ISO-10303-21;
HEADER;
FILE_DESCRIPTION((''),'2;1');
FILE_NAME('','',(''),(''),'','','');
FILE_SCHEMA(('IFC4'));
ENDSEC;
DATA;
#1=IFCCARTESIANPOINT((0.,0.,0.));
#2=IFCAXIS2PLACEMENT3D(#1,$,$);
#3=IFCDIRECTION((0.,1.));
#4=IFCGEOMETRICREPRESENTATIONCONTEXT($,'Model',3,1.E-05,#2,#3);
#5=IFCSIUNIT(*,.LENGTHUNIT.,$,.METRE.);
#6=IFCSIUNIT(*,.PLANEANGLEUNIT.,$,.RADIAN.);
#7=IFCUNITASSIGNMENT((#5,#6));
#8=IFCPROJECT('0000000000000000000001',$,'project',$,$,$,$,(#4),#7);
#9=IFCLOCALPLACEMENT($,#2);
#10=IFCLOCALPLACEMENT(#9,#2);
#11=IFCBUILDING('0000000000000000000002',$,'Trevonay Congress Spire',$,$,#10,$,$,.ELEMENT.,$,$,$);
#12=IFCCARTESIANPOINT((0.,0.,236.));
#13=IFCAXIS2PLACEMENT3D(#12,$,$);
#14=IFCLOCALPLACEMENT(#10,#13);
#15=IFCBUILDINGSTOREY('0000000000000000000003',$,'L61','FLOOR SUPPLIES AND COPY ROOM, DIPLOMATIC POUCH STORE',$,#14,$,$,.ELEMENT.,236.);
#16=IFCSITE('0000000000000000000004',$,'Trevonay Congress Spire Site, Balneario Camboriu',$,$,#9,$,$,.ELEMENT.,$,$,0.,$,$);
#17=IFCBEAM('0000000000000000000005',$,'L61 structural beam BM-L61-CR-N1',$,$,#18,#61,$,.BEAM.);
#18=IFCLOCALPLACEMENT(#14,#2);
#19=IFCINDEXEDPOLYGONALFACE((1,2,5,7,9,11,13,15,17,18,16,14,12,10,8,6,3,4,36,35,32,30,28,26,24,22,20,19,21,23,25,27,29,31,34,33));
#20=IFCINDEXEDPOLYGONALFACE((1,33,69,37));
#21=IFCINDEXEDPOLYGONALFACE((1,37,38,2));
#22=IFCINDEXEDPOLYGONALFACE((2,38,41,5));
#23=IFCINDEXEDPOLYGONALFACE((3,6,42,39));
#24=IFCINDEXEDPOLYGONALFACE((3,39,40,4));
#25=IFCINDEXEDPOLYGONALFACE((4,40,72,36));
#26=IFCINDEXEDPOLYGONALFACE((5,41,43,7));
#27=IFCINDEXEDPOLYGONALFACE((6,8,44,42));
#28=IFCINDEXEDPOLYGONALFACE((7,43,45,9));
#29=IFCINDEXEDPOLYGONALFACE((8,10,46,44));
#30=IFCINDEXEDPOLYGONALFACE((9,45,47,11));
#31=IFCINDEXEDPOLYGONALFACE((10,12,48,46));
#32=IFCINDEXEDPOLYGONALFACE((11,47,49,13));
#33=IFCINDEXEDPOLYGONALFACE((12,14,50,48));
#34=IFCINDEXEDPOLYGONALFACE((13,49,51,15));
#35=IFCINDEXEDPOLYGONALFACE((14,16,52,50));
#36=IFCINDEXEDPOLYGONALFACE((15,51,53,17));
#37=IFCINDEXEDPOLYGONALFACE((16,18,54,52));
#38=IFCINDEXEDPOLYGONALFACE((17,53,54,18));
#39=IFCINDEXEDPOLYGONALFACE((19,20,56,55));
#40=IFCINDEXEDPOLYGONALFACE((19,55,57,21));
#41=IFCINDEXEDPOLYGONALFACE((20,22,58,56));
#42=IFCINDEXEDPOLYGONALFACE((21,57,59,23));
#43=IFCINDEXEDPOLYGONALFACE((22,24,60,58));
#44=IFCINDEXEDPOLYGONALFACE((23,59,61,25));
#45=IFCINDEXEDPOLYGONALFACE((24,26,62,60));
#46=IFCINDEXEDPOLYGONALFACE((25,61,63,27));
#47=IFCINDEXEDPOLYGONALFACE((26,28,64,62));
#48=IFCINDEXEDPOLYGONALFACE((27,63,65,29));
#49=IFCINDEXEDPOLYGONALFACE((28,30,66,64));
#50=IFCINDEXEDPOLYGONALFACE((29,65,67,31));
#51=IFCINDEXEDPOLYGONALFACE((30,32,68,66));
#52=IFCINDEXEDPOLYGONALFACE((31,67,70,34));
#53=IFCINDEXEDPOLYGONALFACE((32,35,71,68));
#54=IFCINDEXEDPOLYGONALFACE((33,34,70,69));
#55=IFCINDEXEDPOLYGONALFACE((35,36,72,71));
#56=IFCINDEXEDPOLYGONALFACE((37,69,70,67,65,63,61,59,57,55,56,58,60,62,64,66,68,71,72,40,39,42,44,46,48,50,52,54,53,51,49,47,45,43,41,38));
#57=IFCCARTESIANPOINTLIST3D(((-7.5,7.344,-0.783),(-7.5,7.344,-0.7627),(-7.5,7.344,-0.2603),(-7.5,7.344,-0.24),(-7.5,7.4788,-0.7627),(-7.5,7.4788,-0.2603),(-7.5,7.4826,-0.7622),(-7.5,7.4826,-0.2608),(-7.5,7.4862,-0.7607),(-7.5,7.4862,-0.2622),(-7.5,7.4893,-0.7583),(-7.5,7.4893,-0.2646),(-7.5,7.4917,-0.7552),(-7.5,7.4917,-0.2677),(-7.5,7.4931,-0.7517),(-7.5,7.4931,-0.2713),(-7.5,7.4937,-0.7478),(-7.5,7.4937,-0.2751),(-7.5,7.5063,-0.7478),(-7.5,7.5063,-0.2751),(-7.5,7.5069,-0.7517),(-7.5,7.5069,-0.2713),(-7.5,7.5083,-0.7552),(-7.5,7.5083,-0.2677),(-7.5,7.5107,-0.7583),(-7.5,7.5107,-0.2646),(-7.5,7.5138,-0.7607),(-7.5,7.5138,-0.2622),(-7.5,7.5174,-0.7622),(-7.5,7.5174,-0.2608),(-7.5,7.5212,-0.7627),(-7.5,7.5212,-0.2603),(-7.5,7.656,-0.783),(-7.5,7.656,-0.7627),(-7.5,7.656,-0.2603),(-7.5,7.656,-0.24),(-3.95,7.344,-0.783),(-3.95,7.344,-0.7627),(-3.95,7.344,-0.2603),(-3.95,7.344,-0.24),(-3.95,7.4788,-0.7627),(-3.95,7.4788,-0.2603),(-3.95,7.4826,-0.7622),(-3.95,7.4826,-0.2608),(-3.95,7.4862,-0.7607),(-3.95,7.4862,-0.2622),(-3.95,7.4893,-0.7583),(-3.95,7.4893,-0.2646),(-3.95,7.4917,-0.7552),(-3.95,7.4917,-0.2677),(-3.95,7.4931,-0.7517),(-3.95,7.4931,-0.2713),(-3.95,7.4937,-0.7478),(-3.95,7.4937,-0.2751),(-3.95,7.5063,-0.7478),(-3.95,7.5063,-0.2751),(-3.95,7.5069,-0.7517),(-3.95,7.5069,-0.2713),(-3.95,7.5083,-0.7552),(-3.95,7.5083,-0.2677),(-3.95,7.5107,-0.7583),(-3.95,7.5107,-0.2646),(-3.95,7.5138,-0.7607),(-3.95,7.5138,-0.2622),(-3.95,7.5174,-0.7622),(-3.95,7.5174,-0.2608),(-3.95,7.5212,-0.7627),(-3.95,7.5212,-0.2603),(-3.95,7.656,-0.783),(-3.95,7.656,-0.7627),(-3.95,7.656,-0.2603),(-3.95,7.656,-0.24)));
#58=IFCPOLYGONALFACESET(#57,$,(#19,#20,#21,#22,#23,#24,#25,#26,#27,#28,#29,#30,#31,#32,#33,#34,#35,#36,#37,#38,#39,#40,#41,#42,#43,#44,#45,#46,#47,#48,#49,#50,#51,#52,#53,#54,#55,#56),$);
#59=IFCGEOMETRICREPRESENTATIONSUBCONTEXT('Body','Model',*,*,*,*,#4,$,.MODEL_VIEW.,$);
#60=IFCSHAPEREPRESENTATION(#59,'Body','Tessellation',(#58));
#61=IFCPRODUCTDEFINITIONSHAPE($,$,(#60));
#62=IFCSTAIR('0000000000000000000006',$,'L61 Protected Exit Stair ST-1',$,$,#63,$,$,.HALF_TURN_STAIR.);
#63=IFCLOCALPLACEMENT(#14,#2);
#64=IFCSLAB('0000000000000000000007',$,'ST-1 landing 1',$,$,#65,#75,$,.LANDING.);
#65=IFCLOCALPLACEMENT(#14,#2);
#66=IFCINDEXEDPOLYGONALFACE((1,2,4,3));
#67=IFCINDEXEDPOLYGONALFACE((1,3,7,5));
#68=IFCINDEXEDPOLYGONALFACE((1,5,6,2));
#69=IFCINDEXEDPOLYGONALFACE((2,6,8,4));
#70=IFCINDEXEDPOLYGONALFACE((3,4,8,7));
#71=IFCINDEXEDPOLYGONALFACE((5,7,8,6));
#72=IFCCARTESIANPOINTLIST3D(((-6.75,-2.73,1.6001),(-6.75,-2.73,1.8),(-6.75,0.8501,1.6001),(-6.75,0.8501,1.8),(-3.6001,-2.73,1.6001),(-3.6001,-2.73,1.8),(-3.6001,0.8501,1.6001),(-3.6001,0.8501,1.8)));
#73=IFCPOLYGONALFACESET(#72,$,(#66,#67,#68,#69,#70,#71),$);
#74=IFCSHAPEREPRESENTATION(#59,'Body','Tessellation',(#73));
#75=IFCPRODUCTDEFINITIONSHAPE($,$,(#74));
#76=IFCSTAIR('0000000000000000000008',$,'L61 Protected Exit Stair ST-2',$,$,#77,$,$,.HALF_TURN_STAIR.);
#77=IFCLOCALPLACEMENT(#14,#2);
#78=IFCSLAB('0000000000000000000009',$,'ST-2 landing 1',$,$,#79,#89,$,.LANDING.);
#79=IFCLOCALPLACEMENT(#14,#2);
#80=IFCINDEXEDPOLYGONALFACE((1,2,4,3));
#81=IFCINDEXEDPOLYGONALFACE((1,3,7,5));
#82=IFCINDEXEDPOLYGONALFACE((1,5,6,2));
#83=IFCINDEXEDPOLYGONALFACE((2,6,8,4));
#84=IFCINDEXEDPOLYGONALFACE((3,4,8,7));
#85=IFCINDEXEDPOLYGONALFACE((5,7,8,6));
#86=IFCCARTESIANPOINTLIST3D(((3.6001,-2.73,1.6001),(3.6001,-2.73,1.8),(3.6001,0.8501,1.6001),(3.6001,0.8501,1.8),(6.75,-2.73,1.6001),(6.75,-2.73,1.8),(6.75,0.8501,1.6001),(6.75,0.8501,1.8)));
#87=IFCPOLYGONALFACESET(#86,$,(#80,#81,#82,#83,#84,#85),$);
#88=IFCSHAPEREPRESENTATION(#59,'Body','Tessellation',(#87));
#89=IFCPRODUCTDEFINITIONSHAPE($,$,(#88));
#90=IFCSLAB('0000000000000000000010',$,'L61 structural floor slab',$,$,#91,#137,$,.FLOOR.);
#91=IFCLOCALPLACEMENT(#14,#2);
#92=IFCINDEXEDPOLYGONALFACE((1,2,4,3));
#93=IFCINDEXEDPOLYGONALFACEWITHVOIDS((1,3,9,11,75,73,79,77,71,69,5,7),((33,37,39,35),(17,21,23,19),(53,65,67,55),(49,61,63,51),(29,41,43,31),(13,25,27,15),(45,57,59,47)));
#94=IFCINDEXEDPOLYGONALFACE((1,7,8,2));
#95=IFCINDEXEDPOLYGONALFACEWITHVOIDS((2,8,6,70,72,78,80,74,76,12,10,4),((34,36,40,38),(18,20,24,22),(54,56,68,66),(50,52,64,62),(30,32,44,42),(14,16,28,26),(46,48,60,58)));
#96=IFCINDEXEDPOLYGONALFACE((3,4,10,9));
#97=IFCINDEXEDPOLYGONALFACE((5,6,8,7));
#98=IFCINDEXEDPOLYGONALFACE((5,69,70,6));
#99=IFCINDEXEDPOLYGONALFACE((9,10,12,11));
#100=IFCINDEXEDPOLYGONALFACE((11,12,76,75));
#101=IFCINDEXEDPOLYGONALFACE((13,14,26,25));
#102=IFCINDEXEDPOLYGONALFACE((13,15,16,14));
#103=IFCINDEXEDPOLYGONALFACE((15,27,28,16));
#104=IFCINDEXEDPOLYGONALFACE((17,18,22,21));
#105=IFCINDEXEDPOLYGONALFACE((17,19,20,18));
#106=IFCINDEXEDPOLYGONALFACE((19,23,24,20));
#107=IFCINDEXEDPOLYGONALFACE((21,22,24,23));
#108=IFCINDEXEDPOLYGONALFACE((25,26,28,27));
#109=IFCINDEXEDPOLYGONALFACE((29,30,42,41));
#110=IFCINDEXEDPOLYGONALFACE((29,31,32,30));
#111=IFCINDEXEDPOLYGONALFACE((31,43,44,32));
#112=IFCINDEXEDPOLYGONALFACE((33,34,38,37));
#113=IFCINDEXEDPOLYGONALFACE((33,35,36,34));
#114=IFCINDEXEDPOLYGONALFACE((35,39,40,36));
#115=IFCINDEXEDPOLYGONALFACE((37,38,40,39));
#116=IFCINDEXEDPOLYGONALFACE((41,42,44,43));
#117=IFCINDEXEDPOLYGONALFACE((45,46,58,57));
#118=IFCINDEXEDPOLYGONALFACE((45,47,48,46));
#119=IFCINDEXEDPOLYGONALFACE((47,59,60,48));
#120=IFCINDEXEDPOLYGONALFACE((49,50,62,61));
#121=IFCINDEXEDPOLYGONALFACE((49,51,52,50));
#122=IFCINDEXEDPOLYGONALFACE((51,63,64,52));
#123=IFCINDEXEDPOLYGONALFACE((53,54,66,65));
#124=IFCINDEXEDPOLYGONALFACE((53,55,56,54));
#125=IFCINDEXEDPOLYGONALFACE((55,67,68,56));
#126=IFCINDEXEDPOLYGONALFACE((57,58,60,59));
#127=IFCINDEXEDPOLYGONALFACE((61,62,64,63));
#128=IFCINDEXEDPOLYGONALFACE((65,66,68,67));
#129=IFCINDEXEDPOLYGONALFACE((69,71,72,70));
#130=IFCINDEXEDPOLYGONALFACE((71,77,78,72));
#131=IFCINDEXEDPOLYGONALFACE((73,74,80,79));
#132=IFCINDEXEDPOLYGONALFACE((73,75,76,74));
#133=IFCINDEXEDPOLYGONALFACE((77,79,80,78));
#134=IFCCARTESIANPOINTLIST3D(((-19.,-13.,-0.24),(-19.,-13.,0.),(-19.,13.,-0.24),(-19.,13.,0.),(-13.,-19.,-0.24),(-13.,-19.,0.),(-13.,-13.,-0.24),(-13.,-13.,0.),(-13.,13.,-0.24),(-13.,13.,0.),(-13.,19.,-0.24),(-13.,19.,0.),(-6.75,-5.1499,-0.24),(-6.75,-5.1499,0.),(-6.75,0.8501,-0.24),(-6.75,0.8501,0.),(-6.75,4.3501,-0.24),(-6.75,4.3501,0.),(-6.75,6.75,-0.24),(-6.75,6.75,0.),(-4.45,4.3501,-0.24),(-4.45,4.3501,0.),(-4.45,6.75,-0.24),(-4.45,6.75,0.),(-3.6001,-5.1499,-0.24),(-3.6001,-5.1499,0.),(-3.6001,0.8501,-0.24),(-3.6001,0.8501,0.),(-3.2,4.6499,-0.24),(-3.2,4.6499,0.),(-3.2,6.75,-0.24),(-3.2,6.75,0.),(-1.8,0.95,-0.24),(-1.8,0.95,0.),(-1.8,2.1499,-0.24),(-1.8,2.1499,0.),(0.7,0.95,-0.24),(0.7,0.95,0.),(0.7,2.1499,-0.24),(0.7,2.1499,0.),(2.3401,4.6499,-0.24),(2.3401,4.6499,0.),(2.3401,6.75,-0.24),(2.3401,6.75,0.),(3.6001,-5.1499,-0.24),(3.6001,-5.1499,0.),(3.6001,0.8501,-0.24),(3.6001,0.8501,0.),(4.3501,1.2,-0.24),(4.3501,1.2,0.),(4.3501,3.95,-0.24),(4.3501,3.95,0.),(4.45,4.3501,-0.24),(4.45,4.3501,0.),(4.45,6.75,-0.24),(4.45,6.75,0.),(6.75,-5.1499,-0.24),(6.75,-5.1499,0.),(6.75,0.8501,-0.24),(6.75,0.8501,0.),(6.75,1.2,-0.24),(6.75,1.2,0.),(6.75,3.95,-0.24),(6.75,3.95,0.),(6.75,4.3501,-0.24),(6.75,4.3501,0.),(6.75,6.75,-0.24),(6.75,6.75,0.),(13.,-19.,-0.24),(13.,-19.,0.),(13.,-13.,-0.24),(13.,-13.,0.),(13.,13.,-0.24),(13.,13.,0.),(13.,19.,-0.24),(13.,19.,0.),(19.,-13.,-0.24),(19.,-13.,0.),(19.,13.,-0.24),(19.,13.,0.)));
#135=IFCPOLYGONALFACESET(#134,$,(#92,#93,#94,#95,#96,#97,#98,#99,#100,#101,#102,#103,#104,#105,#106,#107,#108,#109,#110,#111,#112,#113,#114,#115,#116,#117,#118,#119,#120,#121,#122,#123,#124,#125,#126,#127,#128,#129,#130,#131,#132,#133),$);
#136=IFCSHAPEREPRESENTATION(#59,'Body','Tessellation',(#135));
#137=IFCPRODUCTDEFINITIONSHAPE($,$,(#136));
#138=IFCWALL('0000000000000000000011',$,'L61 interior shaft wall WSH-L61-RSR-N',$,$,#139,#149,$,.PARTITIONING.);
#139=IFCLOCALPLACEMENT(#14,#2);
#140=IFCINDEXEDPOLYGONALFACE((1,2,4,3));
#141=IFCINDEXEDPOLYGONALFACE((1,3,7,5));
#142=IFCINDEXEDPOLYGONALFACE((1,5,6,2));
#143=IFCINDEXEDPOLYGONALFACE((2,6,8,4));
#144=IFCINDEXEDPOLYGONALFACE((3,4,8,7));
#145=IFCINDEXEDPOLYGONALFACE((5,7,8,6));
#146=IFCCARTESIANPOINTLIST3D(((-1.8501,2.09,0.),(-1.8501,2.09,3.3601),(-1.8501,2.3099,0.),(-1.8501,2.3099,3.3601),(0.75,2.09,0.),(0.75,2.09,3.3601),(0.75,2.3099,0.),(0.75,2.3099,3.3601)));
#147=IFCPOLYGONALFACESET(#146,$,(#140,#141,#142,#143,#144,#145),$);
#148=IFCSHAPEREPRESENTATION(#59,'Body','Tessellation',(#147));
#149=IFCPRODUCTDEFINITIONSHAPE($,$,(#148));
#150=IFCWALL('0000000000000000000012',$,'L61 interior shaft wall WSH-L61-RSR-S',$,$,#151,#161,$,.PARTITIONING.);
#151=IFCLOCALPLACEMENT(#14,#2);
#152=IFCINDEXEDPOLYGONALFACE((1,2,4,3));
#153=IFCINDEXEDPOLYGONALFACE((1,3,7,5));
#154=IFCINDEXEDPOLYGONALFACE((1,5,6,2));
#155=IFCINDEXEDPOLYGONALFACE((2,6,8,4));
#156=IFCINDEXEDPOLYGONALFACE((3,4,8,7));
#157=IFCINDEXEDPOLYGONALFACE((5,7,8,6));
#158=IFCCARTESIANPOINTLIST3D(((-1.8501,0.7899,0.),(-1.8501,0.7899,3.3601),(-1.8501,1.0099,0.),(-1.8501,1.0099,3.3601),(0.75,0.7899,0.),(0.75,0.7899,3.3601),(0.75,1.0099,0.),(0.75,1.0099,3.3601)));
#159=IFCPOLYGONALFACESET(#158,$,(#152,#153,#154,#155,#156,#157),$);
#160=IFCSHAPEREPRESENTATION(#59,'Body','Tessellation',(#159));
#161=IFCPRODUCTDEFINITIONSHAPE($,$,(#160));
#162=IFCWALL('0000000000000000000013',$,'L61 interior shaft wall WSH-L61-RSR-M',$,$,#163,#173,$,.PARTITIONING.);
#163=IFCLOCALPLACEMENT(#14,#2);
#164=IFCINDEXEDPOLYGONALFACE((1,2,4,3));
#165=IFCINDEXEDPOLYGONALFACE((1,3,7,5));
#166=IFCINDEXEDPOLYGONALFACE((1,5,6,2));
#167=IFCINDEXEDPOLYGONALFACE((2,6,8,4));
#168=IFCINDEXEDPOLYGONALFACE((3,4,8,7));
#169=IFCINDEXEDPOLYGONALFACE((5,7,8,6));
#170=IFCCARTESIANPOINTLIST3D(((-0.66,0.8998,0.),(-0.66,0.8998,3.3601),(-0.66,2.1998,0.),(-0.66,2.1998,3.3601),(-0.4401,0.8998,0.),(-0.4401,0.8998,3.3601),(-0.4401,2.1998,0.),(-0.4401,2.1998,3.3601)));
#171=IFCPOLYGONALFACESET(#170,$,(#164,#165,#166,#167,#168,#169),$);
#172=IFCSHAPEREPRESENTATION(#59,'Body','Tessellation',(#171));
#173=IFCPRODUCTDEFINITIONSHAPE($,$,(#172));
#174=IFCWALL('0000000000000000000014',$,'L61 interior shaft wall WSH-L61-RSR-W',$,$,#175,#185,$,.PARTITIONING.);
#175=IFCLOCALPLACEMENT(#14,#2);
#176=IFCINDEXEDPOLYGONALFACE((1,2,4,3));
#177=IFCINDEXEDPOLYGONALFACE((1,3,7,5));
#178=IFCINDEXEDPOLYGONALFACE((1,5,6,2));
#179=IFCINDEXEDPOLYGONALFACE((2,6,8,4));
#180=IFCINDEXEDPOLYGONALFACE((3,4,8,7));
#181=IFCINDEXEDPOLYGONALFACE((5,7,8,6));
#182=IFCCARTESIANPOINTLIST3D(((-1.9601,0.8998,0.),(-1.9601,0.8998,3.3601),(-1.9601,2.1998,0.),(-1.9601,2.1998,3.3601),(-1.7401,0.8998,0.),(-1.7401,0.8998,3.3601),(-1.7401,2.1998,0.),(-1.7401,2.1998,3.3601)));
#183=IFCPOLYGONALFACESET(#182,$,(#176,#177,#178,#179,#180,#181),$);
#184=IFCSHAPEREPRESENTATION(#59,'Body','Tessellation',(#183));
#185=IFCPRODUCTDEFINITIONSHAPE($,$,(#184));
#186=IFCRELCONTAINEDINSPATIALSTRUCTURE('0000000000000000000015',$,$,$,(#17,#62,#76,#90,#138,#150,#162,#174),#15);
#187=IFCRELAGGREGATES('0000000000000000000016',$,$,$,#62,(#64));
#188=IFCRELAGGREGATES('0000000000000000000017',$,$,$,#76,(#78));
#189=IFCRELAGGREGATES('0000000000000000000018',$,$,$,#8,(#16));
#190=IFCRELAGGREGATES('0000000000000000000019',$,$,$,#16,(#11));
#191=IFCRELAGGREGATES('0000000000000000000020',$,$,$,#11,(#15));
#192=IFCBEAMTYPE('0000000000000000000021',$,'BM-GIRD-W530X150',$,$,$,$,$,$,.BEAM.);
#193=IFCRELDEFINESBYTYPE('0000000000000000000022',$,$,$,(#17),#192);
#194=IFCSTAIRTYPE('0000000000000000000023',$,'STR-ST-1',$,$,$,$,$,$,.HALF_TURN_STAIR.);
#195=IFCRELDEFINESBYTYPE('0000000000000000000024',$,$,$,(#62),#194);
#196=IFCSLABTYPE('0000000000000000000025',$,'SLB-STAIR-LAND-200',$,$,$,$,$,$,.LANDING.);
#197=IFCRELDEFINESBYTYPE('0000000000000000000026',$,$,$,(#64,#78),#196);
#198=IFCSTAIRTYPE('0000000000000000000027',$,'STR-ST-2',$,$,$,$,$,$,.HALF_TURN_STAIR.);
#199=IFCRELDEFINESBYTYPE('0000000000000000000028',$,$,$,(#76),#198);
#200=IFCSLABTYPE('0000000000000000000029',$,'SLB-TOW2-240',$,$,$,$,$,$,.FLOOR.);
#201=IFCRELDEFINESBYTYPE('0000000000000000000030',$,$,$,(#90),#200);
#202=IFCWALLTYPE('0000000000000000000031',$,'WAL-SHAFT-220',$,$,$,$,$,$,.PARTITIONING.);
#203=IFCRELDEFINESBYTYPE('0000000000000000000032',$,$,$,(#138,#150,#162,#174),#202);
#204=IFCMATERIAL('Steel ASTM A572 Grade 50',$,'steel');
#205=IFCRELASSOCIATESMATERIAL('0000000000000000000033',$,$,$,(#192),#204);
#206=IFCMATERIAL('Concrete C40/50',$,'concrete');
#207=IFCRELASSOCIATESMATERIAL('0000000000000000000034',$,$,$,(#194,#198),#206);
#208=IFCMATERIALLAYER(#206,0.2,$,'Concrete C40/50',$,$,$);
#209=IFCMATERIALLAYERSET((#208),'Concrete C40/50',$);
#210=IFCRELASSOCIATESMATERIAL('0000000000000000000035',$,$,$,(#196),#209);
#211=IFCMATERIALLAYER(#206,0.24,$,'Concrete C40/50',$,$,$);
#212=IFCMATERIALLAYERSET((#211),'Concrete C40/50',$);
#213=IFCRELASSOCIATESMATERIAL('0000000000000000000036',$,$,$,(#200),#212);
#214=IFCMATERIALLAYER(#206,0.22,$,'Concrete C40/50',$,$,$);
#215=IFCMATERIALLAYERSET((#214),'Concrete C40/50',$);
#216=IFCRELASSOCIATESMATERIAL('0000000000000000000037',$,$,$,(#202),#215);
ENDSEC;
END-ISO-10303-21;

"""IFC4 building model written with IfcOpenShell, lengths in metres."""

from ifc_helpers import new_model, si_unit, direction, frame, frame_2d, origin, origin_2d, place, context, subcontext, project, spatial, polyline, rectangle, i_section, outline, extrude, material, layer, layer_set, material_profile, profile_set, type_object, element, aggregate, save


model = new_model("IFC4")

# Units and contexts
model_context = context("Model", 3, precision=1e-05, world=origin(), true_north=direction((0.0, 1.0)))
body_context = subcontext(model_context, "Body", "Model", "MODEL_VIEW")
ifc_project = project(units=[si_unit("LENGTHUNIT", "METRE"), si_unit("PLANEANGLEUNIT", "RADIAN")], contexts=[model_context])

# Site, building, storey
site_placement = place(None, origin())
site = spatial("IfcSite", under=ifc_project, at=site_placement, Name="Trevonay Congress Spire Site, Balneario Camboriu", CompositionType="ELEMENT", RefElevation=0.0)
building_placement = place(site_placement, origin())
building = spatial("IfcBuilding", under=site, at=building_placement, Name="Trevonay Congress Spire", CompositionType="ELEMENT")
storey_placement = place(building_placement, frame((0.0, 0.0, 236.0)))
storey = spatial("IfcBuildingStorey", under=building, at=storey_placement, Name="L61", Description="FLOOR SUPPLIES AND COPY ROOM, DIPLOMATIC POUCH STORE", CompositionType="ELEMENT", Elevation=236.0)

# Beam
ifc_material_1 = material(Name="Steel ASTM A572 Grade 50", Category="steel")
ifc_material_profile = material_profile(ifc_material_1, i_section(OverallWidth=0.312, OverallDepth=0.543, WebThickness=0.0127, FlangeThickness=0.0203, FilletRadius=0.0149, at=origin_2d()), Name="W530x150")
ifc_profile_set = profile_set([ifc_material_profile], Name="Steel ASTM A572 Grade 50")
beam_type = type_object("IfcBeamType", Name="BM-GIRD-W530X150", PredefinedType="BEAM", material=ifc_profile_set)
beam_placement = place(storey_placement, frame((-7.5, 7.5, -0.5115), z_axis=(1.0, 0.0, 0.0), x_axis=(0.0, 1.0, 0.0)))
element("IfcBeam", 1, at=beam_placement, inside=storey, type_object=beam_type, Name="L61 structural beam BM-L61-CR-N1", PredefinedType="BEAM", context=body_context, shape_type="SweptSolid", body=[
    extrude(i_section(OverallWidth=0.312, OverallDepth=0.543, WebThickness=0.0127, FlangeThickness=0.0203, FilletRadius=0.0149, at=origin_2d()), origin(), (0.0, 0.0, 1.0), 3.55),
])

# Stairs, slabs
ifc_material_2 = material(Name="Concrete C40/50", Category="concrete")
stair_type_1 = type_object("IfcStairType", Name="STR-ST-1", PredefinedType="HALF_TURN_STAIR", material=ifc_material_2)
stair_1_placement = place(storey_placement, origin())
stair_1 = element("IfcStair", 2, at=stair_1_placement, inside=storey, type_object=stair_type_1, Name="L61 Protected Exit Stair ST-1", PredefinedType="HALF_TURN_STAIR")
ifc_layer_1 = layer(ifc_material_2, 0.2, Name="Concrete C40/50")
ifc_layer_set_1 = layer_set([ifc_layer_1], Name="Concrete C40/50")
slab_type_1 = type_object("IfcSlabType", Name="SLB-STAIR-LAND-200", PredefinedType="LANDING", material=ifc_layer_set_1)
slab_1_placement = place(storey_placement, frame((0.0, 0.0, 1.6001)))
slab_1 = element("IfcSlab", 3, at=slab_1_placement, type_object=slab_type_1, Name="ST-1 landing 1", PredefinedType="LANDING", context=body_context, shape_type="SweptSolid", body=[
    extrude(outline(polyline([(-3.6001, -2.73), (-3.6001, 0.8501), (-6.75, 0.8501), (-6.75, -2.73), (-3.6001, -2.73)])), origin(), (0.0, 0.0, 1.0), 0.2),
])
aggregate(stair_1, [slab_1])
stair_type_2 = type_object("IfcStairType", Name="STR-ST-2", PredefinedType="HALF_TURN_STAIR", material=ifc_material_2)
stair_2_placement = place(storey_placement, origin())
stair_2 = element("IfcStair", 4, at=stair_2_placement, inside=storey, type_object=stair_type_2, Name="L61 Protected Exit Stair ST-2", PredefinedType="HALF_TURN_STAIR")
slab_2_placement = place(storey_placement, frame((0.0, 0.0, 1.6001)))
slab_2 = element("IfcSlab", 5, at=slab_2_placement, type_object=slab_type_1, Name="ST-2 landing 1", PredefinedType="LANDING", context=body_context, shape_type="SweptSolid", body=[
    extrude(outline(polyline([(6.75, -2.73), (6.75, 0.8501), (3.6001, 0.8501), (3.6001, -2.73), (6.75, -2.73)])), origin(), (0.0, 0.0, 1.0), 0.2),
])
aggregate(stair_2, [slab_2])

# Slab
ifc_layer_2 = layer(ifc_material_2, 0.24, Name="Concrete C40/50")
ifc_layer_set_2 = layer_set([ifc_layer_2], Name="Concrete C40/50")
slab_type_2 = type_object("IfcSlabType", Name="SLB-TOW2-240", PredefinedType="FLOOR", material=ifc_layer_set_2)
slab_3_placement = place(storey_placement, frame((0.0, 0.0, -0.24)))
element("IfcSlab", 6, at=slab_3_placement, inside=storey, type_object=slab_type_2, Name="L61 structural floor slab", PredefinedType="FLOOR", context=body_context, shape_type="SweptSolid", body=[
    extrude(outline(polyline([(-13.0, -19.0), (13.0, -19.0), (13.0, -13.0), (19.0, -13.0), (19.0, 13.0), (13.0, 13.0), (13.0, 19.0), (-13.0, 19.0), (-13.0, 13.0), (-19.0, 13.0), (-19.0, -13.0), (-13.0, -13.0), (-13.0, -19.0)]), holes=[polyline([(-3.6001, -5.1499), (-3.6001, 0.8501), (-6.75, 0.8501), (-6.75, -5.1499), (-3.6001, -5.1499)]), polyline([(6.75, -5.1499), (6.75, 0.8501), (3.6001, 0.8501), (3.6001, -5.1499), (6.75, -5.1499)]), polyline([(-3.2, 4.6499), (2.3401, 4.6499), (2.3401, 6.75), (-3.2, 6.75), (-3.2, 4.6499)]), polyline([(-6.75, 4.3501), (-4.45, 4.3501), (-4.45, 6.75), (-6.75, 6.75), (-6.75, 4.3501)]), polyline([(4.45, 4.3501), (6.75, 4.3501), (6.75, 6.75), (4.45, 6.75), (4.45, 4.3501)]), polyline([(4.3501, 1.2), (6.75, 1.2), (6.75, 3.95), (4.3501, 3.95), (4.3501, 1.2)]), polyline([(-1.8, 0.95), (0.7, 0.95), (0.7, 2.1499), (-1.8, 2.1499), (-1.8, 0.95)])]), origin(), (0.0, 0.0, 1.0), 0.24),
])

# Walls
ifc_layer_3 = layer(ifc_material_2, 0.22, Name="Concrete C40/50")
ifc_layer_set_3 = layer_set([ifc_layer_3], Name="Concrete C40/50")
wall_type_1 = type_object("IfcWallType", Name="WAL-SHAFT-220", PredefinedType="PARTITIONING", material=ifc_layer_set_3)
for number, where, z_axis, x_axis, name in (
    (7, (-1.8501, 2.2, 0.0), (0.0, 0.0, 1.0), (1.0, 0.0, 0.0), "L61 interior shaft wall WSH-L61-RSR-N"),
    (8, (-1.8501, 0.8999, 0.0), (0.0, 0.0, 1.0), (1.0, 0.0, 0.0), "L61 interior shaft wall WSH-L61-RSR-S"),
):
    element("IfcWall", number, at=place(storey_placement, frame(where, z_axis=z_axis, x_axis=x_axis)), inside=storey, type_object=wall_type_1, Name=name, PredefinedType="PARTITIONING", context=body_context, shape_type="SweptSolid", body=[
        extrude(rectangle(XDim=2.6001, YDim=0.22, at=frame_2d((1.3, 0.0))), origin(), (0.0, 0.0, 1.0), 3.3601),
    ])
for number, where, z_axis, x_axis, name in (
    (9, (-0.55, 0.8999, 0.0), (0.0, 0.0, 1.0), (0.0, 1.0, 0.0), "L61 interior shaft wall WSH-L61-RSR-M"),
    (10, (-1.8501, 0.8999, 0.0), (0.0, 0.0, 1.0), (0.0, 1.0, 0.0), "L61 interior shaft wall WSH-L61-RSR-W"),
):
    element("IfcWall", number, at=place(storey_placement, frame(where, z_axis=z_axis, x_axis=x_axis)), inside=storey, type_object=wall_type_1, Name=name, PredefinedType="PARTITIONING", context=body_context, shape_type="SweptSolid", body=[
        extrude(rectangle(XDim=1.3, YDim=0.22, at=frame_2d((0.6499, 0.0))), origin(), (0.0, 0.0, 1.0), 3.3601),
    ])

save(model, "model.ifc")
